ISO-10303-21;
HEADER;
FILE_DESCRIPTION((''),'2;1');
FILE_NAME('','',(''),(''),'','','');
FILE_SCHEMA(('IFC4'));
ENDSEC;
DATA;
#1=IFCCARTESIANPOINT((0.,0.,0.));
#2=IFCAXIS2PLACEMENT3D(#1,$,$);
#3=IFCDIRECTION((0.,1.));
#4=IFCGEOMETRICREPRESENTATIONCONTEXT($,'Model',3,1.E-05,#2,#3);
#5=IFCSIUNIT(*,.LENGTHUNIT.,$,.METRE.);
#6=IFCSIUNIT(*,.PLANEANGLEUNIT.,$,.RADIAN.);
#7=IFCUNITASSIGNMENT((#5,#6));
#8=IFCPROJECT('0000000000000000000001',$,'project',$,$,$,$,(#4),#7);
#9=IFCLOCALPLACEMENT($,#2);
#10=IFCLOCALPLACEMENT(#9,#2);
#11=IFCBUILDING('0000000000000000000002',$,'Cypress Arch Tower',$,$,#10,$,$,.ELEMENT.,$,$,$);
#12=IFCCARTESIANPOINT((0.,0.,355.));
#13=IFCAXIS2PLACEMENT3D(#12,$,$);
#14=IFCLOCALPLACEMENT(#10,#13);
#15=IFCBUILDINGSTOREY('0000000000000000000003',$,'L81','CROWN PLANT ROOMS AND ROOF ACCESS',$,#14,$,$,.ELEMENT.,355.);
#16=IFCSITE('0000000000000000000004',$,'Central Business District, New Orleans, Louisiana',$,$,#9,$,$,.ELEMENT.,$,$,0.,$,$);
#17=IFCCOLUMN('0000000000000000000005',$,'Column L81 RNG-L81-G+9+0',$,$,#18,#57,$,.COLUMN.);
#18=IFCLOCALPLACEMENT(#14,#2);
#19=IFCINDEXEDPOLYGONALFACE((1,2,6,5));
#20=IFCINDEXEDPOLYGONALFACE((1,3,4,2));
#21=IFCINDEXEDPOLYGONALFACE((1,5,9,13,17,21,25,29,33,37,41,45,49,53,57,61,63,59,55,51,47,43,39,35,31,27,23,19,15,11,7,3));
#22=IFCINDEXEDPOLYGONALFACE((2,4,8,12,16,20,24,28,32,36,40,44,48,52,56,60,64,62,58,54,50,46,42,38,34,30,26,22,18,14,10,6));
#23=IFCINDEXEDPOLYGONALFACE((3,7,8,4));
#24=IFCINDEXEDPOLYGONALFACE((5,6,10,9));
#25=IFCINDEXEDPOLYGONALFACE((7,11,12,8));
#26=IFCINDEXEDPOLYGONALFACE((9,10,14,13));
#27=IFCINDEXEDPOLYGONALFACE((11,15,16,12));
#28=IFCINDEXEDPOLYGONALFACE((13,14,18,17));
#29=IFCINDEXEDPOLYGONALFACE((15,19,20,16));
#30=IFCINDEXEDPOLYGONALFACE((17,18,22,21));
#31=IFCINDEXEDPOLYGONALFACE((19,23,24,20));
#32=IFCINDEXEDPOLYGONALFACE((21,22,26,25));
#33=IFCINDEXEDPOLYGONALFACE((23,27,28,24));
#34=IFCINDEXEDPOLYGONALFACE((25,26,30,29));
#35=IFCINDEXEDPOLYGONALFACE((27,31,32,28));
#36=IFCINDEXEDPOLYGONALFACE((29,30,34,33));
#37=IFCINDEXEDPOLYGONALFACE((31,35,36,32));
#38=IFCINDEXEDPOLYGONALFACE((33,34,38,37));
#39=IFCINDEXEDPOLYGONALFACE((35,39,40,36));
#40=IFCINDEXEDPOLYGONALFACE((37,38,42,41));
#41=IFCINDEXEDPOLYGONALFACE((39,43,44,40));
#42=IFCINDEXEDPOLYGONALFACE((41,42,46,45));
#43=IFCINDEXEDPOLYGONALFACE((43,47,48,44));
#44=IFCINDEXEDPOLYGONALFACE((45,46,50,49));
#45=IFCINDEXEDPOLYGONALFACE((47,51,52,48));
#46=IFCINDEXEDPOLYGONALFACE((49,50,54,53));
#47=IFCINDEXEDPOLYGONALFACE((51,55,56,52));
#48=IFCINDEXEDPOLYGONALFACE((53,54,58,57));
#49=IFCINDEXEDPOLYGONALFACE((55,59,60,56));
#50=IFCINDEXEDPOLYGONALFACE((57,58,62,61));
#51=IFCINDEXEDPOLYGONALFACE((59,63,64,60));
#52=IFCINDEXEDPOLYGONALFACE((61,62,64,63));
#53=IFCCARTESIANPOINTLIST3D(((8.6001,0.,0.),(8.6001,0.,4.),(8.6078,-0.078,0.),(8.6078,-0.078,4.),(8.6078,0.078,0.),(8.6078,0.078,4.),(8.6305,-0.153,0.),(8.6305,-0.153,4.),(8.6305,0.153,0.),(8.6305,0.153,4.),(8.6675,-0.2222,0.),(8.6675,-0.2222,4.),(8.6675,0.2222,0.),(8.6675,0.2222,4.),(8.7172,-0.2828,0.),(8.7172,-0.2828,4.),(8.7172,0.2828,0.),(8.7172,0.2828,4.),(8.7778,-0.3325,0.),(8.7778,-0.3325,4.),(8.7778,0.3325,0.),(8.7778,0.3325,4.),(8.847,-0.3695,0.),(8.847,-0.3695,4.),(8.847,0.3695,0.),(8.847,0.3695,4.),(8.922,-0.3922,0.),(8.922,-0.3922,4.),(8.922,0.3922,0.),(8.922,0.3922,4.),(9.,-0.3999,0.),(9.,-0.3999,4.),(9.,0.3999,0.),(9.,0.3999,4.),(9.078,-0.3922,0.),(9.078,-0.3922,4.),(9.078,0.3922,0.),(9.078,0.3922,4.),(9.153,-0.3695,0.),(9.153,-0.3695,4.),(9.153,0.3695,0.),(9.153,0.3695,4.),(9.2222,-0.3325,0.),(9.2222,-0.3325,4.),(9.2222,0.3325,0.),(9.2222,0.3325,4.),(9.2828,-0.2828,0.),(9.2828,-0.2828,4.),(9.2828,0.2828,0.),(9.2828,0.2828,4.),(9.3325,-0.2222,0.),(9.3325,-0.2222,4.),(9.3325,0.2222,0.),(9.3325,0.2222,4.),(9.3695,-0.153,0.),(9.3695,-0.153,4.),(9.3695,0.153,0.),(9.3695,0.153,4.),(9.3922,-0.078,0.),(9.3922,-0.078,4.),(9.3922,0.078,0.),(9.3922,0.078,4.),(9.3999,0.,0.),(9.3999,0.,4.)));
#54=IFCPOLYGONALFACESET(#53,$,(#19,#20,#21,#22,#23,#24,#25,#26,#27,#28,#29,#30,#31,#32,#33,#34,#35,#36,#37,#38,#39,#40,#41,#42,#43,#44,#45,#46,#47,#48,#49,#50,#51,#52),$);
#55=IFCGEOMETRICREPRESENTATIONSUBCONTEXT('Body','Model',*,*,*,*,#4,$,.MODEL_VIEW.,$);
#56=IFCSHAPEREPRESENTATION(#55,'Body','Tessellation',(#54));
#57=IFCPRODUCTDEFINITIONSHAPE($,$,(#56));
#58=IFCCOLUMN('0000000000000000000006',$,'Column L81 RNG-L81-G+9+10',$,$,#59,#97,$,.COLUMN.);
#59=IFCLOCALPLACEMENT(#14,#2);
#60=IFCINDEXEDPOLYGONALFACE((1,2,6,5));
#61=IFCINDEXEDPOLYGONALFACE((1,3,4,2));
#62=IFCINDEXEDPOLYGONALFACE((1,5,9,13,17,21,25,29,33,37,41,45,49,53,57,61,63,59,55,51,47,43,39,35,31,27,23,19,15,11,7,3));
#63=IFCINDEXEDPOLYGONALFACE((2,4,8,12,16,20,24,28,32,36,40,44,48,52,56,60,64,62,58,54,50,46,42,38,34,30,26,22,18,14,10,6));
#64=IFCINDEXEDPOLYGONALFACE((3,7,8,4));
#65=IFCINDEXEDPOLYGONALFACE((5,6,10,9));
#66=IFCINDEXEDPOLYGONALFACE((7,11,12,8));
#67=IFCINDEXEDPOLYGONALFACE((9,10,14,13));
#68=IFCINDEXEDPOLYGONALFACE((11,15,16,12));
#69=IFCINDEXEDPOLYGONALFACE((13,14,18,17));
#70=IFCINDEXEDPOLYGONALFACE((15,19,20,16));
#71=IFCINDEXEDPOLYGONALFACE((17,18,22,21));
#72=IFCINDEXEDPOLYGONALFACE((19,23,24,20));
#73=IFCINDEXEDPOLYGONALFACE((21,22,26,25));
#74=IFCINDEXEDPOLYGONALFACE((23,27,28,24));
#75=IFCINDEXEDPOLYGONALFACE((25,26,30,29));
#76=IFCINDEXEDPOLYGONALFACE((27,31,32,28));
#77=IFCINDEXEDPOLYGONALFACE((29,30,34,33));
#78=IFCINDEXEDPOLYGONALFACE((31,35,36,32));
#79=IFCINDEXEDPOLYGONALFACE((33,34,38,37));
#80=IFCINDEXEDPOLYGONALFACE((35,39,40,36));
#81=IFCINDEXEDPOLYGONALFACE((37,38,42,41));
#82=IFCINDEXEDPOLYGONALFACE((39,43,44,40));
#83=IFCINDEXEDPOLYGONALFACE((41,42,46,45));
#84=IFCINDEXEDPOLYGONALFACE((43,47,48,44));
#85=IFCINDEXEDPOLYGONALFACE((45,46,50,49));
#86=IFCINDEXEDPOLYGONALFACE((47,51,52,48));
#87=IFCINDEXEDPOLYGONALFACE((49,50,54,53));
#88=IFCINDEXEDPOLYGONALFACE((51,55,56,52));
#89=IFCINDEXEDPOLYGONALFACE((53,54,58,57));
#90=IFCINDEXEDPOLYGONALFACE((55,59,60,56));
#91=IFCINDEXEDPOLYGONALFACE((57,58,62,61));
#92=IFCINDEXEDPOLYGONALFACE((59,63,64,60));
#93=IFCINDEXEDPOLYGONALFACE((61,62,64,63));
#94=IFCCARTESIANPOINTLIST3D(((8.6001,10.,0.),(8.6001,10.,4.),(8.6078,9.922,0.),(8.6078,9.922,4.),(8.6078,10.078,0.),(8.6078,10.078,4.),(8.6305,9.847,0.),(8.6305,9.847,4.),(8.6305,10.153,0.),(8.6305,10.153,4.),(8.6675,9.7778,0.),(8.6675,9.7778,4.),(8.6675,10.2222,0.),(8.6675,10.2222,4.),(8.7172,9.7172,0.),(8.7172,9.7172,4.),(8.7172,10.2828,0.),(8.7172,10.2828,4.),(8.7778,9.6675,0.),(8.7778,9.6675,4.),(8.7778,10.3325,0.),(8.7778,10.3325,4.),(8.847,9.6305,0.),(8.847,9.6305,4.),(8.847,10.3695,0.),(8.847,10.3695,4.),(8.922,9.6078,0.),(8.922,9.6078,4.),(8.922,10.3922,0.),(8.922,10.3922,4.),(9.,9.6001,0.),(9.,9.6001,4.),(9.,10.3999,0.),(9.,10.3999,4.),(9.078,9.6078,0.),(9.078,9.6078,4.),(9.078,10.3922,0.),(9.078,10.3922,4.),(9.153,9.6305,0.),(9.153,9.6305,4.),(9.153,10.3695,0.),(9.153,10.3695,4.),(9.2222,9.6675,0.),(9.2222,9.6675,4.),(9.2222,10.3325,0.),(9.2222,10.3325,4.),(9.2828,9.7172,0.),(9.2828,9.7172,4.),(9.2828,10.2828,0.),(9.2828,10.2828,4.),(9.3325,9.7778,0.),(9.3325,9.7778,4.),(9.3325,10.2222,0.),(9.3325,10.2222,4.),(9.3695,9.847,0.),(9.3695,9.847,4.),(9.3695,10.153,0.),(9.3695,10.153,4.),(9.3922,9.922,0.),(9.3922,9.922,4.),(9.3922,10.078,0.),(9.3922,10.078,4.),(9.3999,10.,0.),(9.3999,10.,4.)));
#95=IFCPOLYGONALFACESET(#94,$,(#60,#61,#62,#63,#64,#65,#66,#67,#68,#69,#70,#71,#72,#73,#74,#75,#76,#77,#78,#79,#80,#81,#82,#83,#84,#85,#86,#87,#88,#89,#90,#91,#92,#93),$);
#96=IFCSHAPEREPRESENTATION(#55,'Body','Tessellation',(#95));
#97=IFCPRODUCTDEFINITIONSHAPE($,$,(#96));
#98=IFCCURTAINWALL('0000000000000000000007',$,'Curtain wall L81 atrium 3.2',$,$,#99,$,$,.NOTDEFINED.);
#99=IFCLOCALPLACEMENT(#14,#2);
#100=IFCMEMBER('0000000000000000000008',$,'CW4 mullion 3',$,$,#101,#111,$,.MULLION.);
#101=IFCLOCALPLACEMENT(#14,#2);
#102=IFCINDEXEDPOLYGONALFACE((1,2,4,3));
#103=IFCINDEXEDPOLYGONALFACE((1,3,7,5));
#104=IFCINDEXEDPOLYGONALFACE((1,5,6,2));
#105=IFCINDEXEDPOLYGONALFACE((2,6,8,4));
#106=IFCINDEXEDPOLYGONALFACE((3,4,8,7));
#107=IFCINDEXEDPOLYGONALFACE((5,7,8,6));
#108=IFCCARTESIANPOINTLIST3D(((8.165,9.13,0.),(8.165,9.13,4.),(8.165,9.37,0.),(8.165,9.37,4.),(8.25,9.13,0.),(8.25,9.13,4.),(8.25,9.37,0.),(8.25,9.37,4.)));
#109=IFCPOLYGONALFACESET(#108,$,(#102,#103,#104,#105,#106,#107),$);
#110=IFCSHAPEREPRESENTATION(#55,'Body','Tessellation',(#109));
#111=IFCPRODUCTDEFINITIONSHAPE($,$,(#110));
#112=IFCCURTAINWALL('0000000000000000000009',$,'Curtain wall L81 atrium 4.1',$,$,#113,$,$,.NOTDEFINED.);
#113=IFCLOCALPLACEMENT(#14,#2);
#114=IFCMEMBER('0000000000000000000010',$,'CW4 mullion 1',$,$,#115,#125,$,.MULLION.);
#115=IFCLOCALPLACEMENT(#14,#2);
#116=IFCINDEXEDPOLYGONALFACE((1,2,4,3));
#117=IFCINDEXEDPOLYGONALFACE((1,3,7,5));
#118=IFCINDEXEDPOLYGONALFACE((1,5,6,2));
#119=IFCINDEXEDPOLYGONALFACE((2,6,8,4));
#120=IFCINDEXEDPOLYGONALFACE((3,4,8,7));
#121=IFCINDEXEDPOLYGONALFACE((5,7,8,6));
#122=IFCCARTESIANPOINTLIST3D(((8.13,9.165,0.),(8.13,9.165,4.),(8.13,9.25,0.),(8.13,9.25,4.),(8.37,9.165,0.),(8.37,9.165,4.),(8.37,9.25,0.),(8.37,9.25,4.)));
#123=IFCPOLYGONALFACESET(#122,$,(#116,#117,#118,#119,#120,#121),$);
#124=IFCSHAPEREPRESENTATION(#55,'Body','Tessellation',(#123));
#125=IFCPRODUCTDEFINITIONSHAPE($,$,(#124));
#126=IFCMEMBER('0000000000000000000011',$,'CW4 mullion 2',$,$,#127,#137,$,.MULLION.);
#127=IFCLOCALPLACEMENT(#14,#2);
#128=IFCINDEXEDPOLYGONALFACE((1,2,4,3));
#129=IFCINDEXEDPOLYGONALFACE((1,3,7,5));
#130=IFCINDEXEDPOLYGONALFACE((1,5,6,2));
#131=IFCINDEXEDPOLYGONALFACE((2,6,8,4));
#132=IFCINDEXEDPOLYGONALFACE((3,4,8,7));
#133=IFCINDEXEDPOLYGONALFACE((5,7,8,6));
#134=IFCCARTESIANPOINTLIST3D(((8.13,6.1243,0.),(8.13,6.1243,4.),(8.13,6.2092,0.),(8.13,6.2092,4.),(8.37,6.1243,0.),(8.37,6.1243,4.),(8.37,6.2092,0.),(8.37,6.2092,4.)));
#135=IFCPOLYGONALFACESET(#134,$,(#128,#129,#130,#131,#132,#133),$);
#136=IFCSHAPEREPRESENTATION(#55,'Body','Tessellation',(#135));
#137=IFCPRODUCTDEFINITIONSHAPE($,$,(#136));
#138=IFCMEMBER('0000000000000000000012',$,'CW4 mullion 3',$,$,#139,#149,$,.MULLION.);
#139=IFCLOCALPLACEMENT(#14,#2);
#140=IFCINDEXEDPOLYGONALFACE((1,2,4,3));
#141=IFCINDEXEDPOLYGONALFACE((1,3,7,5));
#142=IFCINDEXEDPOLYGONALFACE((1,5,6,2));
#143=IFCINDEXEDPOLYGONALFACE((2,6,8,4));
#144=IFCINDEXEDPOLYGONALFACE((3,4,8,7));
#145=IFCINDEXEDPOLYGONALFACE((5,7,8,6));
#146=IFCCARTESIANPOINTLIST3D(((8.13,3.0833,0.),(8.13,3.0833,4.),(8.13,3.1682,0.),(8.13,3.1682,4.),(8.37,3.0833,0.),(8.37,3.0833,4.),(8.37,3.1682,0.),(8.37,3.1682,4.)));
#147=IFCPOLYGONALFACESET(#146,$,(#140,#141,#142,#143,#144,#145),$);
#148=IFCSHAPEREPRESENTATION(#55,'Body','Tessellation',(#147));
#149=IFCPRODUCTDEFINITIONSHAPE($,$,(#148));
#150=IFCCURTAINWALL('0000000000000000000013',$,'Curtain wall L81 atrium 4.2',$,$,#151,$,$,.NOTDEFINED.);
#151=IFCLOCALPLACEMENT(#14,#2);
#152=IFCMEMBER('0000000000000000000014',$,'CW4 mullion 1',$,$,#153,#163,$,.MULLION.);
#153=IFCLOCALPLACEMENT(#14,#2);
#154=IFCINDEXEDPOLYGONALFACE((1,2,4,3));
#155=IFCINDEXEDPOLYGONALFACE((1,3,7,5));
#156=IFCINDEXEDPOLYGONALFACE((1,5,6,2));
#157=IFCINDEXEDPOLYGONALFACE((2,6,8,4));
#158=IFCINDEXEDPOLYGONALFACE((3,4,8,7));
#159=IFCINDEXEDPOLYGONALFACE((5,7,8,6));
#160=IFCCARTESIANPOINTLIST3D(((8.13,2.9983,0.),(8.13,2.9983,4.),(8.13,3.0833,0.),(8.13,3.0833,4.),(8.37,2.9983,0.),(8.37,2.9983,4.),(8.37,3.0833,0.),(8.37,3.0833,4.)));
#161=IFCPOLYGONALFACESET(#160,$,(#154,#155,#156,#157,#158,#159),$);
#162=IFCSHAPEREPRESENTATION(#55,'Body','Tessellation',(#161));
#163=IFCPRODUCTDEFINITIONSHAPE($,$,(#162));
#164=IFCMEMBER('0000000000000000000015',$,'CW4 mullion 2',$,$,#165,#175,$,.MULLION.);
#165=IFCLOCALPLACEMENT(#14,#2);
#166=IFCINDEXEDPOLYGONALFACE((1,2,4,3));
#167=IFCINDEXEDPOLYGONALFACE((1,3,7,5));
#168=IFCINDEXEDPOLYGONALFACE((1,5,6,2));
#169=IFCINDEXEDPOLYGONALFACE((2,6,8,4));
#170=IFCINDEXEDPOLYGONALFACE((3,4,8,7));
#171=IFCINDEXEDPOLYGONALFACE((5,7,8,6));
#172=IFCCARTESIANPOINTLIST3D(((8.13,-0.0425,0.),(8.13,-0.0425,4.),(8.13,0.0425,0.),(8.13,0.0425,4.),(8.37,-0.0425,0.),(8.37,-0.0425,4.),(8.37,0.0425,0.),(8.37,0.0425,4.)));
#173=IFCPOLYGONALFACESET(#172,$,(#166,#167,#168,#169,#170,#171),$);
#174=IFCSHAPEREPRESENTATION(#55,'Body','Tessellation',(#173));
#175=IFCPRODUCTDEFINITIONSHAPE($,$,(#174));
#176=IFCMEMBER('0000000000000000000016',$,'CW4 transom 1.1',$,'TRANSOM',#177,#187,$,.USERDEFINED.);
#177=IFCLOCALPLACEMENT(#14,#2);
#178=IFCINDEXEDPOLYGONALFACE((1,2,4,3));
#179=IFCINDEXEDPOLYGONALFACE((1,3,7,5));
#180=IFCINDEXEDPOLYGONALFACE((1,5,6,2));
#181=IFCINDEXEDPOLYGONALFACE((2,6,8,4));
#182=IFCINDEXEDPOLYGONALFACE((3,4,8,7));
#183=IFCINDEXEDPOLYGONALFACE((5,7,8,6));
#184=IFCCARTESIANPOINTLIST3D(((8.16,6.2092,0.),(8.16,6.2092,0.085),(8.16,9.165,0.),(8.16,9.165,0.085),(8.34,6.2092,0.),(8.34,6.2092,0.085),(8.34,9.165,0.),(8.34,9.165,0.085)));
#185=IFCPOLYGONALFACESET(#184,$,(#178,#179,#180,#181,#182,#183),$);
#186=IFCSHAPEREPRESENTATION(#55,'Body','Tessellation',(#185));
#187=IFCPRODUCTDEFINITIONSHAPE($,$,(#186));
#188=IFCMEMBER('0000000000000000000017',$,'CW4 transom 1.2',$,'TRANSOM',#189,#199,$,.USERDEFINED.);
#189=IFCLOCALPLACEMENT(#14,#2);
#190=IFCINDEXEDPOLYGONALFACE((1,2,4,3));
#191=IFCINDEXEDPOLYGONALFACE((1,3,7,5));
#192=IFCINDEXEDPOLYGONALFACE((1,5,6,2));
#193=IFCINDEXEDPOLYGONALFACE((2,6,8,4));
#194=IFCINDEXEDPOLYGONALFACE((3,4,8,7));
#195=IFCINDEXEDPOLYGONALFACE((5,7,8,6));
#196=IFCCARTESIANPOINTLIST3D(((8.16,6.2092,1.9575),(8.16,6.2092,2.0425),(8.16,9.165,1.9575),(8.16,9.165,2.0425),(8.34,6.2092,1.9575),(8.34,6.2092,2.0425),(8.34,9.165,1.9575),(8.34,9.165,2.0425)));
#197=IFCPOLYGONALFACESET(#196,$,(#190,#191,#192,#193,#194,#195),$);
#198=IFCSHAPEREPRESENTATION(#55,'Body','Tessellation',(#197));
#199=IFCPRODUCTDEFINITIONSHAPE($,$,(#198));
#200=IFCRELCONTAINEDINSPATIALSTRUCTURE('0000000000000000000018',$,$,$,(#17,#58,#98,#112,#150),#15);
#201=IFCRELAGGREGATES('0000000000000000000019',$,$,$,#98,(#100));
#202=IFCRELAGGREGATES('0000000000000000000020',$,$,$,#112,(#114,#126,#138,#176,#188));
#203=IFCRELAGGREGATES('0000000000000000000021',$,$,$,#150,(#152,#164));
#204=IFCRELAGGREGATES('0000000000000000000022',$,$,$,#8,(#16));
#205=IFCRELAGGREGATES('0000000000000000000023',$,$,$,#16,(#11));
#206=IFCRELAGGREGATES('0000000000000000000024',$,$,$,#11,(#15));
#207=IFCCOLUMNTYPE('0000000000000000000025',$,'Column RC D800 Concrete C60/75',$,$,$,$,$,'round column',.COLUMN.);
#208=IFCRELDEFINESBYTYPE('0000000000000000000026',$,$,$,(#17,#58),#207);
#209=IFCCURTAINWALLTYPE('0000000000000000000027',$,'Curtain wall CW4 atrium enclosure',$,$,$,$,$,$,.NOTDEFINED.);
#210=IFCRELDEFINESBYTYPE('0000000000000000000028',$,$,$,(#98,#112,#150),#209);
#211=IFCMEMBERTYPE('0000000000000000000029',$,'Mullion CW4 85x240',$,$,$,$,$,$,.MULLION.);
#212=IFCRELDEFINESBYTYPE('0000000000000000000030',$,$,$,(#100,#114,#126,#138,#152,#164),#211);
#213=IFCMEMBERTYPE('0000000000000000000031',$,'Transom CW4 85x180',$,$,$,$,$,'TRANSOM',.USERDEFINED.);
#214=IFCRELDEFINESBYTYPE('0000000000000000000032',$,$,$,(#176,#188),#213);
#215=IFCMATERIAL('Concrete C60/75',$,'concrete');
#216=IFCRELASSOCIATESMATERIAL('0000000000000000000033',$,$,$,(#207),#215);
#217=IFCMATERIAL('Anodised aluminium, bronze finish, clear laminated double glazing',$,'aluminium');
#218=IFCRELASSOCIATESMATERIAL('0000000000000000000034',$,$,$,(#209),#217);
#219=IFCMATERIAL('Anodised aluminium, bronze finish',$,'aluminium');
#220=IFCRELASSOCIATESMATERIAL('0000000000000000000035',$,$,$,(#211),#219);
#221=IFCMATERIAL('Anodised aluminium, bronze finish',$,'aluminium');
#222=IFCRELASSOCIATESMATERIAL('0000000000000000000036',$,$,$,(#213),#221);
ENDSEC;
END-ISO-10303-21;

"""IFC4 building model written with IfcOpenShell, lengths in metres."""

from ifc_helpers import new_model, si_unit, direction, frame, origin, origin_2d, place, context, subcontext, project, spatial, rectangle, circle, extrude, material, material_profile, profile_set, type_object, element, aggregate, save


model = new_model("IFC4")

# Units and contexts
model_context = context("Model", 3, precision=1e-05, world=origin(), true_north=direction((0.0, 1.0)))
body_context = subcontext(model_context, "Body", "Model", "MODEL_VIEW")
ifc_project = project(units=[si_unit("LENGTHUNIT", "METRE"), si_unit("PLANEANGLEUNIT", "RADIAN")], contexts=[model_context])

# Site, building, storey
site_placement = place(None, origin())
site = spatial("IfcSite", under=ifc_project, at=site_placement, Name="Central Business District, New Orleans, Louisiana", CompositionType="ELEMENT", RefElevation=0.0)
building_placement = place(site_placement, origin())
building = spatial("IfcBuilding", under=site, at=building_placement, Name="Cypress Arch Tower", CompositionType="ELEMENT")
storey_placement = place(building_placement, frame((0.0, 0.0, 355.0)))
storey = spatial("IfcBuildingStorey", under=building, at=storey_placement, Name="L81", Description="CROWN PLANT ROOMS AND ROOF ACCESS", CompositionType="ELEMENT", Elevation=355.0)

# Columns
ifc_material_1 = material(Name="Concrete C60/75", Category="concrete")
ifc_material_profile_1 = material_profile(ifc_material_1, circle(Radius=0.3999, at=origin_2d()), Name="RC D800")
ifc_profile_set_1 = profile_set([ifc_material_profile_1], Name="Concrete C60/75")
column_type = type_object("IfcColumnType", Name="Column RC D800 Concrete C60/75", ElementType="round column", PredefinedType="COLUMN", material=ifc_profile_set_1)
for number, where, z_axis, x_axis, name in (
    (1, (9.0, 0.0, 0.0), (0.0, 0.0, 1.0), (1.0, 0.0, 0.0), "Column L81 RNG-L81-G+9+0"),
    (2, (9.0, 10.0, 0.0), (0.0, 0.0, 1.0), (1.0, 0.0, 0.0), "Column L81 RNG-L81-G+9+10"),
):
    element("IfcColumn", number, at=place(storey_placement, frame(where, z_axis=z_axis, x_axis=x_axis)), inside=storey, type_object=column_type, Name=name, PredefinedType="COLUMN", context=body_context, shape_type="SweptSolid", body=[
        extrude(circle(Radius=0.3999, at=origin_2d()), origin(), (0.0, 0.0, 1.0), 4.0),
    ])

# Curtain wall, member
ifc_material_2 = material(Name="Anodised aluminium, bronze finish, clear laminated double glazing", Category="aluminium")
curtain_wall_type = type_object("IfcCurtainWallType", Name="Curtain wall CW4 atrium enclosure", PredefinedType="NOTDEFINED", material=ifc_material_2)
curtain_wall_1_placement = place(storey_placement, origin())
curtain_wall_1 = element("IfcCurtainWall", 3, at=curtain_wall_1_placement, inside=storey, type_object=curtain_wall_type, Name="Curtain wall L81 atrium 3.2", PredefinedType="NOTDEFINED")
ifc_material_3 = material(Name="Anodised aluminium, bronze finish", Category="aluminium")
ifc_material_profile_2 = material_profile(ifc_material_3, rectangle(XDim=0.24, YDim=0.085, at=origin_2d()), Name="Mullion 85x240")
ifc_profile_set_2 = profile_set([ifc_material_profile_2], Name="Anodised aluminium, bronze finish")
member_type_1 = type_object("IfcMemberType", Name="Mullion CW4 85x240", PredefinedType="MULLION", material=ifc_profile_set_2)
member_1_placement = place(storey_placement, frame((8.2075, 9.25, 0.0), z_axis=(0.0, 0.0, 1.0), x_axis=(0.0, 1.0, 0.0)))
member_1 = element("IfcMember", 4, at=member_1_placement, type_object=member_type_1, Name="CW4 mullion 3", PredefinedType="MULLION", context=body_context, shape_type="SweptSolid", body=[
    extrude(rectangle(XDim=0.24, YDim=0.085, at=origin_2d()), origin(), (0.0, 0.0, 1.0), 4.0),
])
aggregate(curtain_wall_1, [member_1])

# Curtain walls, members
curtain_wall_2_placement = place(storey_placement, origin())
curtain_wall_2 = element("IfcCurtainWall", 5, at=curtain_wall_2_placement, inside=storey, type_object=curtain_wall_type, Name="Curtain wall L81 atrium 4.1", PredefinedType="NOTDEFINED")
member_2_placement = place(storey_placement, frame((8.25, 9.2075, 0.0), z_axis=(0.0, 0.0, 1.0), x_axis=(1.0, 0.0, 0.0)))
member_2 = element("IfcMember", 6, at=member_2_placement, type_object=member_type_1, Name="CW4 mullion 1", PredefinedType="MULLION", context=body_context, shape_type="SweptSolid", body=[
    extrude(rectangle(XDim=0.24, YDim=0.085, at=origin_2d()), origin(), (0.0, 0.0, 1.0), 4.0),
])
member_3_placement = place(storey_placement, frame((8.25, 6.1667, 0.0), z_axis=(0.0, 0.0, 1.0), x_axis=(1.0, 0.0, 0.0)))
member_3 = element("IfcMember", 7, at=member_3_placement, type_object=member_type_1, Name="CW4 mullion 2", PredefinedType="MULLION", context=body_context, shape_type="SweptSolid", body=[
    extrude(rectangle(XDim=0.24, YDim=0.085, at=origin_2d()), origin(), (0.0, 0.0, 1.0), 4.0),
])
member_4_placement = place(storey_placement, frame((8.25, 3.1257, 0.0), z_axis=(0.0, 0.0, 1.0), x_axis=(1.0, 0.0, 0.0)))
member_4 = element("IfcMember", 8, at=member_4_placement, type_object=member_type_1, Name="CW4 mullion 3", PredefinedType="MULLION", context=body_context, shape_type="SweptSolid", body=[
    extrude(rectangle(XDim=0.24, YDim=0.085, at=origin_2d()), origin(), (0.0, 0.0, 1.0), 4.0),
])
curtain_wall_3_placement = place(storey_placement, origin())
curtain_wall_3 = element("IfcCurtainWall", 9, at=curtain_wall_3_placement, inside=storey, type_object=curtain_wall_type, Name="Curtain wall L81 atrium 4.2", PredefinedType="NOTDEFINED")
member_5_placement = place(storey_placement, frame((8.25, 3.0408, 0.0), z_axis=(0.0, 0.0, 1.0), x_axis=(1.0, 0.0, 0.0)))
member_5 = element("IfcMember", 10, at=member_5_placement, type_object=member_type_1, Name="CW4 mullion 1", PredefinedType="MULLION", context=body_context, shape_type="SweptSolid", body=[
    extrude(rectangle(XDim=0.24, YDim=0.085, at=origin_2d()), origin(), (0.0, 0.0, 1.0), 4.0),
])
member_6_placement = place(storey_placement, frame((8.25, 0.0, 0.0), z_axis=(0.0, 0.0, 1.0), x_axis=(1.0, 0.0, 0.0)))
member_6 = element("IfcMember", 11, at=member_6_placement, type_object=member_type_1, Name="CW4 mullion 2", PredefinedType="MULLION", context=body_context, shape_type="SweptSolid", body=[
    extrude(rectangle(XDim=0.24, YDim=0.085, at=origin_2d()), origin(), (0.0, 0.0, 1.0), 4.0),
])

# Members
ifc_material_4 = material(Name="Anodised aluminium, bronze finish", Category="aluminium")
ifc_material_profile_3 = material_profile(ifc_material_4, rectangle(XDim=0.1799, YDim=0.085, at=origin_2d()), Name="Transom 85x180")
ifc_profile_set_3 = profile_set([ifc_material_profile_3], Name="Anodised aluminium, bronze finish")
member_type_2 = type_object("IfcMemberType", Name="Transom CW4 85x180", ElementType="TRANSOM", PredefinedType="USERDEFINED", material=ifc_profile_set_3)
member_7_placement = place(storey_placement, frame((8.25, 9.165, 0.0425), z_axis=(0.0, -1.0, 0.0), x_axis=(1.0, 0.0, 0.0)))
member_7 = element("IfcMember", 12, at=member_7_placement, type_object=member_type_2, Name="CW4 transom 1.1", ObjectType="TRANSOM", PredefinedType="USERDEFINED", context=body_context, shape_type="SweptSolid", body=[
    extrude(rectangle(XDim=0.1799, YDim=0.085, at=origin_2d()), origin(), (0.0, 0.0, 1.0), 2.9558),
])
member_8_placement = place(storey_placement, frame((8.25, 9.165, 2.0), z_axis=(0.0, -1.0, 0.0), x_axis=(1.0, 0.0, 0.0)))
member_8 = element("IfcMember", 13, at=member_8_placement, type_object=member_type_2, Name="CW4 transom 1.2", ObjectType="TRANSOM", PredefinedType="USERDEFINED", context=body_context, shape_type="SweptSolid", body=[
    extrude(rectangle(XDim=0.1799, YDim=0.085, at=origin_2d()), origin(), (0.0, 0.0, 1.0), 2.9558),
])

aggregate(curtain_wall_2, [member_2, member_3, member_4, member_7, member_8])
aggregate(curtain_wall_3, [member_5, member_6])

save(model, "model.ifc")
